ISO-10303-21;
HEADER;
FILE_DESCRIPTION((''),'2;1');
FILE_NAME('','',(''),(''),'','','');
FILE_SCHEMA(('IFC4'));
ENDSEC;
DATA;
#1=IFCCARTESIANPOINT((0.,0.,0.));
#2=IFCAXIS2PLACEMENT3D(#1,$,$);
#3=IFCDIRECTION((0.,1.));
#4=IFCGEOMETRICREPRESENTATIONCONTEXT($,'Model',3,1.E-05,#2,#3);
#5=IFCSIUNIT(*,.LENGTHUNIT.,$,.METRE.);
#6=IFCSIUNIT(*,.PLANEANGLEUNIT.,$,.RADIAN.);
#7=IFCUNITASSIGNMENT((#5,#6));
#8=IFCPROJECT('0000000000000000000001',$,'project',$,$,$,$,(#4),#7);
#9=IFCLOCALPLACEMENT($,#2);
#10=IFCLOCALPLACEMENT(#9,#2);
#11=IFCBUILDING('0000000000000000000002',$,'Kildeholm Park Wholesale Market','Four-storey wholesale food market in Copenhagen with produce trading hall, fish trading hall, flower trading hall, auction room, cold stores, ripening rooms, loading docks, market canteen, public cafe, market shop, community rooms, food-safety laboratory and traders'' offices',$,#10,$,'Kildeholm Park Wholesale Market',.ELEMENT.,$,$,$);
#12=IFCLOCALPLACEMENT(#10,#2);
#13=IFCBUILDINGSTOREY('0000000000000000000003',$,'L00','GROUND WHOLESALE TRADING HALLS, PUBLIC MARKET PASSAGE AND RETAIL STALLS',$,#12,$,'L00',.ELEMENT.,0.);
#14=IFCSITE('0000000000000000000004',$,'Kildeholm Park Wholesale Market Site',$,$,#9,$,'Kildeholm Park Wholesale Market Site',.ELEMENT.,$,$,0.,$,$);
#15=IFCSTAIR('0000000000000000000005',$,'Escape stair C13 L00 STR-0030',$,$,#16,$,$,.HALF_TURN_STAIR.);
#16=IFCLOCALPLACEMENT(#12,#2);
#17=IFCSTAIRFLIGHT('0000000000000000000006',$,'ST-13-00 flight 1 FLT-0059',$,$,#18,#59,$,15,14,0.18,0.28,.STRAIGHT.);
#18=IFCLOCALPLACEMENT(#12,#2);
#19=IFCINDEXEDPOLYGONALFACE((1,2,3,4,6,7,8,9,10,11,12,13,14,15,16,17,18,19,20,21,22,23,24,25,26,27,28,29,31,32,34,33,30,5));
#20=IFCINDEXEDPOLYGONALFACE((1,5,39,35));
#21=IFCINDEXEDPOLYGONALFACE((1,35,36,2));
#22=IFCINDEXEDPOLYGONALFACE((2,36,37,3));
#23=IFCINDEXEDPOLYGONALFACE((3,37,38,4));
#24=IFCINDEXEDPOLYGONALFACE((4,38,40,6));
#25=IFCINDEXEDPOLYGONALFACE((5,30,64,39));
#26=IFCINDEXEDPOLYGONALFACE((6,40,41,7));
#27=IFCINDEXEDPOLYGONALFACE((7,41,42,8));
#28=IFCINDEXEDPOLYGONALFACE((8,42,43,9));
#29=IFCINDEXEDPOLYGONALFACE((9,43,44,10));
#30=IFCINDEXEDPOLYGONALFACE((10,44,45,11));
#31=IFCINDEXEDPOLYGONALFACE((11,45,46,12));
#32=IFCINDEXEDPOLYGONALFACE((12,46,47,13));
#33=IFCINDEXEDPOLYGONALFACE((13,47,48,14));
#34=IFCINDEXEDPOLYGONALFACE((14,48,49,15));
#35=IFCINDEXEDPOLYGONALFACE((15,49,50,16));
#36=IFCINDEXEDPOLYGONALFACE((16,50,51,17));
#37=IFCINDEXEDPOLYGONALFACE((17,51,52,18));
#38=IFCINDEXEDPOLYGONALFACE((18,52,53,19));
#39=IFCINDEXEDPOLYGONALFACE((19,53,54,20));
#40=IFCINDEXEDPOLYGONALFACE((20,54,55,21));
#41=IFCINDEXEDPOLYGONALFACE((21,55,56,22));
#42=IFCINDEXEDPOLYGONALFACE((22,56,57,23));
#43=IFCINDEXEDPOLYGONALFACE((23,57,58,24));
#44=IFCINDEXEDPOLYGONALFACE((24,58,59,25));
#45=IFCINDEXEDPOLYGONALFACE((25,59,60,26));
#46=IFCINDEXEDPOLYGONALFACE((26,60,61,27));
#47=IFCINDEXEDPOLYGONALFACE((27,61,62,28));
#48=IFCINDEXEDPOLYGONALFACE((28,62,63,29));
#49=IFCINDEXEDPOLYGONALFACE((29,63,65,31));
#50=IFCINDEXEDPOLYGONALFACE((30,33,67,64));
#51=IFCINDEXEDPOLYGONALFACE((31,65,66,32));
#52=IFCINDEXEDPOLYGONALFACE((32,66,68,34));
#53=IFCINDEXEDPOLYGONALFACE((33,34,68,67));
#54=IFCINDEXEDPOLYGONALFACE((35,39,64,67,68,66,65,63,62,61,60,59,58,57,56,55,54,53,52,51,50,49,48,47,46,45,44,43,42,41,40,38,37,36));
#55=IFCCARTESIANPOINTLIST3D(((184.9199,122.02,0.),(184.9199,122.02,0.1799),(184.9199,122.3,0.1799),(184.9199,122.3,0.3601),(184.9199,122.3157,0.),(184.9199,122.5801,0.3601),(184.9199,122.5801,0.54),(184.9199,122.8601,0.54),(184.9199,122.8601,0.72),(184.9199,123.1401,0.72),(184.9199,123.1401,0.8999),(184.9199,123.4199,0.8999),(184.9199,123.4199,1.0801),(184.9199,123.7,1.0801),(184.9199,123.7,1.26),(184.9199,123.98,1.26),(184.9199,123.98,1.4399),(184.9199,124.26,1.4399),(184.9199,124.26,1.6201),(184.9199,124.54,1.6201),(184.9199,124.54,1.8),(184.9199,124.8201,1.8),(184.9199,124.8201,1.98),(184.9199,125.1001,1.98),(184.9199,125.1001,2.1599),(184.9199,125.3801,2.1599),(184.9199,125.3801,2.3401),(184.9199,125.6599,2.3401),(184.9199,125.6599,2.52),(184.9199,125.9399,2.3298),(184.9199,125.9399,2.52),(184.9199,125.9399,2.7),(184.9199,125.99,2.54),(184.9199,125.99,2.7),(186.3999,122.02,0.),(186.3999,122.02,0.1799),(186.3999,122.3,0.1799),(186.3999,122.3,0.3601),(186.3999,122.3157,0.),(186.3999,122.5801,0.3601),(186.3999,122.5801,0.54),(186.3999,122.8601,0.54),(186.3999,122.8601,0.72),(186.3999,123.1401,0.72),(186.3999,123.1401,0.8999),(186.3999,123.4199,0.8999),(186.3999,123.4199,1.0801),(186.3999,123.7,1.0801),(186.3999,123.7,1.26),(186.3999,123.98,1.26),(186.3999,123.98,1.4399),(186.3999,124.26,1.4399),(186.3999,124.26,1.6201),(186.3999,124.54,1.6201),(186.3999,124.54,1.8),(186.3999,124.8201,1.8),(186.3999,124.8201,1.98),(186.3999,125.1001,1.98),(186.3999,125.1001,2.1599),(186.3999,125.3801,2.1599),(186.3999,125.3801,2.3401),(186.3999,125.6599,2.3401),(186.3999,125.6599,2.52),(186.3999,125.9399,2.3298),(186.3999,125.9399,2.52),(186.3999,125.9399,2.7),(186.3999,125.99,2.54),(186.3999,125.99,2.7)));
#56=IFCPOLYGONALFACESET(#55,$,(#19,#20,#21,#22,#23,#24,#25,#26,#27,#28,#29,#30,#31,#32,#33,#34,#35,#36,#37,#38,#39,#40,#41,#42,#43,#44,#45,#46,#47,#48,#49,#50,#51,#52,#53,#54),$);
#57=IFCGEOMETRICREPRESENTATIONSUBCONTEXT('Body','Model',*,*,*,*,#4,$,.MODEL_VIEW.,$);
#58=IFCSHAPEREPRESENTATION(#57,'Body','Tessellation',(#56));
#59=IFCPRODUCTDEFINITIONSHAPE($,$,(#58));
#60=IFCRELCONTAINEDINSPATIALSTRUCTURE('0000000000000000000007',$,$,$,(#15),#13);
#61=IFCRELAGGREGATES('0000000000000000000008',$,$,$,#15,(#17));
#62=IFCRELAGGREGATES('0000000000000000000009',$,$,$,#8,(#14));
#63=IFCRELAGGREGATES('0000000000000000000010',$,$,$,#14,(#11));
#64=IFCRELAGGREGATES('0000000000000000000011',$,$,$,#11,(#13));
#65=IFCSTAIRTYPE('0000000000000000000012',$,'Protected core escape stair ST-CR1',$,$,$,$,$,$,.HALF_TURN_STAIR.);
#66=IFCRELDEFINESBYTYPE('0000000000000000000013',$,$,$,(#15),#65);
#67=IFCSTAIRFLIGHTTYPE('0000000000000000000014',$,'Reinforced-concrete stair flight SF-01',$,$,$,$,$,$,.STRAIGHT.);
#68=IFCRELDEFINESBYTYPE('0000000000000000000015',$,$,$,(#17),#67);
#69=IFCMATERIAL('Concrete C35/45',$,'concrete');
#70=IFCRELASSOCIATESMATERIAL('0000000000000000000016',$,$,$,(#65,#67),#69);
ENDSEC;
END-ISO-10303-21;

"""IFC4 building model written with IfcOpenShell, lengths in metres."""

from ifc_helpers import new_model, si_unit, direction, frame, origin, place, context, subcontext, project, spatial, polyline, outline, extrude, material, type_object, element, aggregate, save


model = new_model("IFC4")

# Units and contexts
model_context = context("Model", 3, precision=1e-05, world=origin(), true_north=direction((0.0, 1.0)))
body_context = subcontext(model_context, "Body", "Model", "MODEL_VIEW")
ifc_project = project(units=[si_unit("LENGTHUNIT", "METRE"), si_unit("PLANEANGLEUNIT", "RADIAN")], contexts=[model_context])

# Site, building, storey
site_placement = place(None, origin())
site = spatial("IfcSite", under=ifc_project, at=site_placement, Name="Kildeholm Park Wholesale Market Site", LongName="Kildeholm Park Wholesale Market Site", CompositionType="ELEMENT", RefElevation=0.0)
building_placement = place(site_placement, origin())
building = spatial("IfcBuilding", under=site, at=building_placement, Name="Kildeholm Park Wholesale Market", Description="Four-storey wholesale food market in Copenhagen with produce trading hall, fish trading hall, flower trading hall, auction room, cold stores, ripening rooms, loading docks, market canteen, public cafe, market shop, community rooms, food-safety laboratory and traders' offices", LongName="Kildeholm Park Wholesale Market", CompositionType="ELEMENT")
storey_placement = place(building_placement, origin())
storey = spatial("IfcBuildingStorey", under=building, at=storey_placement, Name="L00", Description="GROUND WHOLESALE TRADING HALLS, PUBLIC MARKET PASSAGE AND RETAIL STALLS", LongName="L00", CompositionType="ELEMENT", Elevation=0.0)

# Shared definitions
ifc_material_1 = material(Name="Concrete C35/45", Category="concrete")

# Stair, stair flight
stair_type = type_object("IfcStairType", Name="Protected core escape stair ST-CR1", PredefinedType="HALF_TURN_STAIR", material=ifc_material_1)
stair_placement = place(storey_placement, origin())
stair = element("IfcStair", 1, at=stair_placement, inside=storey, type_object=stair_type, Name="Escape stair C13 L00 STR-0030", PredefinedType="HALF_TURN_STAIR")
stair_flight_type = type_object("IfcStairFlightType", Name="Reinforced-concrete stair flight SF-01", PredefinedType="STRAIGHT", material=ifc_material_1)
stair_flight_placement = place(storey_placement, frame((185.6599, 122.02, 0.0), z_axis=(0.0, 0.0, 1.0), x_axis=(0.0, 1.0, 0.0)))
stair_flight = element("IfcStairFlight", 2, at=stair_flight_placement, type_object=stair_flight_type, Name="ST-13-00 flight 1 FLT-0059", NumberOfRisers=15, NumberOfTreads=14, PredefinedType="STRAIGHT", RiserHeight=0.18, TreadLength=0.28, context=body_context, shape_type="SweptSolid", body=[
    extrude(outline(polyline([(0.0, 0.0), (0.0, 0.1799), (0.28, 0.1799), (0.28, 0.3601), (0.5601, 0.3601), (0.5601, 0.54), (0.8401, 0.54), (0.8401, 0.72), (1.1201, 0.72), (1.1201, 0.8999), (1.3999, 0.8999), (1.3999, 1.0801), (1.6799, 1.0801), (1.6799, 1.26), (1.96, 1.26), (1.96, 1.4399), (2.24, 1.4399), (2.24, 1.6201), (2.52, 1.6201), (2.52, 1.8), (2.8, 1.8), (2.8, 1.98), (3.0801, 1.98), (3.0801, 2.1599), (3.3601, 2.1599), (3.3601, 2.3401), (3.6399, 2.3401), (3.6399, 2.52), (3.9199, 2.52), (3.9199, 2.7), (3.97, 2.7), (3.97, 2.54), (3.9199, 2.3298), (0.2957, 0.0), (0.0, 0.0)])), frame((0.0, 0.74, 0.0), z_axis=(0.0, -1.0, 0.0), x_axis=(1.0, 0.0, 0.0)), (0.0, 0.0, 1.0), 1.48),
])
aggregate(stair, [stair_flight])

save(model, "model.ifc")
